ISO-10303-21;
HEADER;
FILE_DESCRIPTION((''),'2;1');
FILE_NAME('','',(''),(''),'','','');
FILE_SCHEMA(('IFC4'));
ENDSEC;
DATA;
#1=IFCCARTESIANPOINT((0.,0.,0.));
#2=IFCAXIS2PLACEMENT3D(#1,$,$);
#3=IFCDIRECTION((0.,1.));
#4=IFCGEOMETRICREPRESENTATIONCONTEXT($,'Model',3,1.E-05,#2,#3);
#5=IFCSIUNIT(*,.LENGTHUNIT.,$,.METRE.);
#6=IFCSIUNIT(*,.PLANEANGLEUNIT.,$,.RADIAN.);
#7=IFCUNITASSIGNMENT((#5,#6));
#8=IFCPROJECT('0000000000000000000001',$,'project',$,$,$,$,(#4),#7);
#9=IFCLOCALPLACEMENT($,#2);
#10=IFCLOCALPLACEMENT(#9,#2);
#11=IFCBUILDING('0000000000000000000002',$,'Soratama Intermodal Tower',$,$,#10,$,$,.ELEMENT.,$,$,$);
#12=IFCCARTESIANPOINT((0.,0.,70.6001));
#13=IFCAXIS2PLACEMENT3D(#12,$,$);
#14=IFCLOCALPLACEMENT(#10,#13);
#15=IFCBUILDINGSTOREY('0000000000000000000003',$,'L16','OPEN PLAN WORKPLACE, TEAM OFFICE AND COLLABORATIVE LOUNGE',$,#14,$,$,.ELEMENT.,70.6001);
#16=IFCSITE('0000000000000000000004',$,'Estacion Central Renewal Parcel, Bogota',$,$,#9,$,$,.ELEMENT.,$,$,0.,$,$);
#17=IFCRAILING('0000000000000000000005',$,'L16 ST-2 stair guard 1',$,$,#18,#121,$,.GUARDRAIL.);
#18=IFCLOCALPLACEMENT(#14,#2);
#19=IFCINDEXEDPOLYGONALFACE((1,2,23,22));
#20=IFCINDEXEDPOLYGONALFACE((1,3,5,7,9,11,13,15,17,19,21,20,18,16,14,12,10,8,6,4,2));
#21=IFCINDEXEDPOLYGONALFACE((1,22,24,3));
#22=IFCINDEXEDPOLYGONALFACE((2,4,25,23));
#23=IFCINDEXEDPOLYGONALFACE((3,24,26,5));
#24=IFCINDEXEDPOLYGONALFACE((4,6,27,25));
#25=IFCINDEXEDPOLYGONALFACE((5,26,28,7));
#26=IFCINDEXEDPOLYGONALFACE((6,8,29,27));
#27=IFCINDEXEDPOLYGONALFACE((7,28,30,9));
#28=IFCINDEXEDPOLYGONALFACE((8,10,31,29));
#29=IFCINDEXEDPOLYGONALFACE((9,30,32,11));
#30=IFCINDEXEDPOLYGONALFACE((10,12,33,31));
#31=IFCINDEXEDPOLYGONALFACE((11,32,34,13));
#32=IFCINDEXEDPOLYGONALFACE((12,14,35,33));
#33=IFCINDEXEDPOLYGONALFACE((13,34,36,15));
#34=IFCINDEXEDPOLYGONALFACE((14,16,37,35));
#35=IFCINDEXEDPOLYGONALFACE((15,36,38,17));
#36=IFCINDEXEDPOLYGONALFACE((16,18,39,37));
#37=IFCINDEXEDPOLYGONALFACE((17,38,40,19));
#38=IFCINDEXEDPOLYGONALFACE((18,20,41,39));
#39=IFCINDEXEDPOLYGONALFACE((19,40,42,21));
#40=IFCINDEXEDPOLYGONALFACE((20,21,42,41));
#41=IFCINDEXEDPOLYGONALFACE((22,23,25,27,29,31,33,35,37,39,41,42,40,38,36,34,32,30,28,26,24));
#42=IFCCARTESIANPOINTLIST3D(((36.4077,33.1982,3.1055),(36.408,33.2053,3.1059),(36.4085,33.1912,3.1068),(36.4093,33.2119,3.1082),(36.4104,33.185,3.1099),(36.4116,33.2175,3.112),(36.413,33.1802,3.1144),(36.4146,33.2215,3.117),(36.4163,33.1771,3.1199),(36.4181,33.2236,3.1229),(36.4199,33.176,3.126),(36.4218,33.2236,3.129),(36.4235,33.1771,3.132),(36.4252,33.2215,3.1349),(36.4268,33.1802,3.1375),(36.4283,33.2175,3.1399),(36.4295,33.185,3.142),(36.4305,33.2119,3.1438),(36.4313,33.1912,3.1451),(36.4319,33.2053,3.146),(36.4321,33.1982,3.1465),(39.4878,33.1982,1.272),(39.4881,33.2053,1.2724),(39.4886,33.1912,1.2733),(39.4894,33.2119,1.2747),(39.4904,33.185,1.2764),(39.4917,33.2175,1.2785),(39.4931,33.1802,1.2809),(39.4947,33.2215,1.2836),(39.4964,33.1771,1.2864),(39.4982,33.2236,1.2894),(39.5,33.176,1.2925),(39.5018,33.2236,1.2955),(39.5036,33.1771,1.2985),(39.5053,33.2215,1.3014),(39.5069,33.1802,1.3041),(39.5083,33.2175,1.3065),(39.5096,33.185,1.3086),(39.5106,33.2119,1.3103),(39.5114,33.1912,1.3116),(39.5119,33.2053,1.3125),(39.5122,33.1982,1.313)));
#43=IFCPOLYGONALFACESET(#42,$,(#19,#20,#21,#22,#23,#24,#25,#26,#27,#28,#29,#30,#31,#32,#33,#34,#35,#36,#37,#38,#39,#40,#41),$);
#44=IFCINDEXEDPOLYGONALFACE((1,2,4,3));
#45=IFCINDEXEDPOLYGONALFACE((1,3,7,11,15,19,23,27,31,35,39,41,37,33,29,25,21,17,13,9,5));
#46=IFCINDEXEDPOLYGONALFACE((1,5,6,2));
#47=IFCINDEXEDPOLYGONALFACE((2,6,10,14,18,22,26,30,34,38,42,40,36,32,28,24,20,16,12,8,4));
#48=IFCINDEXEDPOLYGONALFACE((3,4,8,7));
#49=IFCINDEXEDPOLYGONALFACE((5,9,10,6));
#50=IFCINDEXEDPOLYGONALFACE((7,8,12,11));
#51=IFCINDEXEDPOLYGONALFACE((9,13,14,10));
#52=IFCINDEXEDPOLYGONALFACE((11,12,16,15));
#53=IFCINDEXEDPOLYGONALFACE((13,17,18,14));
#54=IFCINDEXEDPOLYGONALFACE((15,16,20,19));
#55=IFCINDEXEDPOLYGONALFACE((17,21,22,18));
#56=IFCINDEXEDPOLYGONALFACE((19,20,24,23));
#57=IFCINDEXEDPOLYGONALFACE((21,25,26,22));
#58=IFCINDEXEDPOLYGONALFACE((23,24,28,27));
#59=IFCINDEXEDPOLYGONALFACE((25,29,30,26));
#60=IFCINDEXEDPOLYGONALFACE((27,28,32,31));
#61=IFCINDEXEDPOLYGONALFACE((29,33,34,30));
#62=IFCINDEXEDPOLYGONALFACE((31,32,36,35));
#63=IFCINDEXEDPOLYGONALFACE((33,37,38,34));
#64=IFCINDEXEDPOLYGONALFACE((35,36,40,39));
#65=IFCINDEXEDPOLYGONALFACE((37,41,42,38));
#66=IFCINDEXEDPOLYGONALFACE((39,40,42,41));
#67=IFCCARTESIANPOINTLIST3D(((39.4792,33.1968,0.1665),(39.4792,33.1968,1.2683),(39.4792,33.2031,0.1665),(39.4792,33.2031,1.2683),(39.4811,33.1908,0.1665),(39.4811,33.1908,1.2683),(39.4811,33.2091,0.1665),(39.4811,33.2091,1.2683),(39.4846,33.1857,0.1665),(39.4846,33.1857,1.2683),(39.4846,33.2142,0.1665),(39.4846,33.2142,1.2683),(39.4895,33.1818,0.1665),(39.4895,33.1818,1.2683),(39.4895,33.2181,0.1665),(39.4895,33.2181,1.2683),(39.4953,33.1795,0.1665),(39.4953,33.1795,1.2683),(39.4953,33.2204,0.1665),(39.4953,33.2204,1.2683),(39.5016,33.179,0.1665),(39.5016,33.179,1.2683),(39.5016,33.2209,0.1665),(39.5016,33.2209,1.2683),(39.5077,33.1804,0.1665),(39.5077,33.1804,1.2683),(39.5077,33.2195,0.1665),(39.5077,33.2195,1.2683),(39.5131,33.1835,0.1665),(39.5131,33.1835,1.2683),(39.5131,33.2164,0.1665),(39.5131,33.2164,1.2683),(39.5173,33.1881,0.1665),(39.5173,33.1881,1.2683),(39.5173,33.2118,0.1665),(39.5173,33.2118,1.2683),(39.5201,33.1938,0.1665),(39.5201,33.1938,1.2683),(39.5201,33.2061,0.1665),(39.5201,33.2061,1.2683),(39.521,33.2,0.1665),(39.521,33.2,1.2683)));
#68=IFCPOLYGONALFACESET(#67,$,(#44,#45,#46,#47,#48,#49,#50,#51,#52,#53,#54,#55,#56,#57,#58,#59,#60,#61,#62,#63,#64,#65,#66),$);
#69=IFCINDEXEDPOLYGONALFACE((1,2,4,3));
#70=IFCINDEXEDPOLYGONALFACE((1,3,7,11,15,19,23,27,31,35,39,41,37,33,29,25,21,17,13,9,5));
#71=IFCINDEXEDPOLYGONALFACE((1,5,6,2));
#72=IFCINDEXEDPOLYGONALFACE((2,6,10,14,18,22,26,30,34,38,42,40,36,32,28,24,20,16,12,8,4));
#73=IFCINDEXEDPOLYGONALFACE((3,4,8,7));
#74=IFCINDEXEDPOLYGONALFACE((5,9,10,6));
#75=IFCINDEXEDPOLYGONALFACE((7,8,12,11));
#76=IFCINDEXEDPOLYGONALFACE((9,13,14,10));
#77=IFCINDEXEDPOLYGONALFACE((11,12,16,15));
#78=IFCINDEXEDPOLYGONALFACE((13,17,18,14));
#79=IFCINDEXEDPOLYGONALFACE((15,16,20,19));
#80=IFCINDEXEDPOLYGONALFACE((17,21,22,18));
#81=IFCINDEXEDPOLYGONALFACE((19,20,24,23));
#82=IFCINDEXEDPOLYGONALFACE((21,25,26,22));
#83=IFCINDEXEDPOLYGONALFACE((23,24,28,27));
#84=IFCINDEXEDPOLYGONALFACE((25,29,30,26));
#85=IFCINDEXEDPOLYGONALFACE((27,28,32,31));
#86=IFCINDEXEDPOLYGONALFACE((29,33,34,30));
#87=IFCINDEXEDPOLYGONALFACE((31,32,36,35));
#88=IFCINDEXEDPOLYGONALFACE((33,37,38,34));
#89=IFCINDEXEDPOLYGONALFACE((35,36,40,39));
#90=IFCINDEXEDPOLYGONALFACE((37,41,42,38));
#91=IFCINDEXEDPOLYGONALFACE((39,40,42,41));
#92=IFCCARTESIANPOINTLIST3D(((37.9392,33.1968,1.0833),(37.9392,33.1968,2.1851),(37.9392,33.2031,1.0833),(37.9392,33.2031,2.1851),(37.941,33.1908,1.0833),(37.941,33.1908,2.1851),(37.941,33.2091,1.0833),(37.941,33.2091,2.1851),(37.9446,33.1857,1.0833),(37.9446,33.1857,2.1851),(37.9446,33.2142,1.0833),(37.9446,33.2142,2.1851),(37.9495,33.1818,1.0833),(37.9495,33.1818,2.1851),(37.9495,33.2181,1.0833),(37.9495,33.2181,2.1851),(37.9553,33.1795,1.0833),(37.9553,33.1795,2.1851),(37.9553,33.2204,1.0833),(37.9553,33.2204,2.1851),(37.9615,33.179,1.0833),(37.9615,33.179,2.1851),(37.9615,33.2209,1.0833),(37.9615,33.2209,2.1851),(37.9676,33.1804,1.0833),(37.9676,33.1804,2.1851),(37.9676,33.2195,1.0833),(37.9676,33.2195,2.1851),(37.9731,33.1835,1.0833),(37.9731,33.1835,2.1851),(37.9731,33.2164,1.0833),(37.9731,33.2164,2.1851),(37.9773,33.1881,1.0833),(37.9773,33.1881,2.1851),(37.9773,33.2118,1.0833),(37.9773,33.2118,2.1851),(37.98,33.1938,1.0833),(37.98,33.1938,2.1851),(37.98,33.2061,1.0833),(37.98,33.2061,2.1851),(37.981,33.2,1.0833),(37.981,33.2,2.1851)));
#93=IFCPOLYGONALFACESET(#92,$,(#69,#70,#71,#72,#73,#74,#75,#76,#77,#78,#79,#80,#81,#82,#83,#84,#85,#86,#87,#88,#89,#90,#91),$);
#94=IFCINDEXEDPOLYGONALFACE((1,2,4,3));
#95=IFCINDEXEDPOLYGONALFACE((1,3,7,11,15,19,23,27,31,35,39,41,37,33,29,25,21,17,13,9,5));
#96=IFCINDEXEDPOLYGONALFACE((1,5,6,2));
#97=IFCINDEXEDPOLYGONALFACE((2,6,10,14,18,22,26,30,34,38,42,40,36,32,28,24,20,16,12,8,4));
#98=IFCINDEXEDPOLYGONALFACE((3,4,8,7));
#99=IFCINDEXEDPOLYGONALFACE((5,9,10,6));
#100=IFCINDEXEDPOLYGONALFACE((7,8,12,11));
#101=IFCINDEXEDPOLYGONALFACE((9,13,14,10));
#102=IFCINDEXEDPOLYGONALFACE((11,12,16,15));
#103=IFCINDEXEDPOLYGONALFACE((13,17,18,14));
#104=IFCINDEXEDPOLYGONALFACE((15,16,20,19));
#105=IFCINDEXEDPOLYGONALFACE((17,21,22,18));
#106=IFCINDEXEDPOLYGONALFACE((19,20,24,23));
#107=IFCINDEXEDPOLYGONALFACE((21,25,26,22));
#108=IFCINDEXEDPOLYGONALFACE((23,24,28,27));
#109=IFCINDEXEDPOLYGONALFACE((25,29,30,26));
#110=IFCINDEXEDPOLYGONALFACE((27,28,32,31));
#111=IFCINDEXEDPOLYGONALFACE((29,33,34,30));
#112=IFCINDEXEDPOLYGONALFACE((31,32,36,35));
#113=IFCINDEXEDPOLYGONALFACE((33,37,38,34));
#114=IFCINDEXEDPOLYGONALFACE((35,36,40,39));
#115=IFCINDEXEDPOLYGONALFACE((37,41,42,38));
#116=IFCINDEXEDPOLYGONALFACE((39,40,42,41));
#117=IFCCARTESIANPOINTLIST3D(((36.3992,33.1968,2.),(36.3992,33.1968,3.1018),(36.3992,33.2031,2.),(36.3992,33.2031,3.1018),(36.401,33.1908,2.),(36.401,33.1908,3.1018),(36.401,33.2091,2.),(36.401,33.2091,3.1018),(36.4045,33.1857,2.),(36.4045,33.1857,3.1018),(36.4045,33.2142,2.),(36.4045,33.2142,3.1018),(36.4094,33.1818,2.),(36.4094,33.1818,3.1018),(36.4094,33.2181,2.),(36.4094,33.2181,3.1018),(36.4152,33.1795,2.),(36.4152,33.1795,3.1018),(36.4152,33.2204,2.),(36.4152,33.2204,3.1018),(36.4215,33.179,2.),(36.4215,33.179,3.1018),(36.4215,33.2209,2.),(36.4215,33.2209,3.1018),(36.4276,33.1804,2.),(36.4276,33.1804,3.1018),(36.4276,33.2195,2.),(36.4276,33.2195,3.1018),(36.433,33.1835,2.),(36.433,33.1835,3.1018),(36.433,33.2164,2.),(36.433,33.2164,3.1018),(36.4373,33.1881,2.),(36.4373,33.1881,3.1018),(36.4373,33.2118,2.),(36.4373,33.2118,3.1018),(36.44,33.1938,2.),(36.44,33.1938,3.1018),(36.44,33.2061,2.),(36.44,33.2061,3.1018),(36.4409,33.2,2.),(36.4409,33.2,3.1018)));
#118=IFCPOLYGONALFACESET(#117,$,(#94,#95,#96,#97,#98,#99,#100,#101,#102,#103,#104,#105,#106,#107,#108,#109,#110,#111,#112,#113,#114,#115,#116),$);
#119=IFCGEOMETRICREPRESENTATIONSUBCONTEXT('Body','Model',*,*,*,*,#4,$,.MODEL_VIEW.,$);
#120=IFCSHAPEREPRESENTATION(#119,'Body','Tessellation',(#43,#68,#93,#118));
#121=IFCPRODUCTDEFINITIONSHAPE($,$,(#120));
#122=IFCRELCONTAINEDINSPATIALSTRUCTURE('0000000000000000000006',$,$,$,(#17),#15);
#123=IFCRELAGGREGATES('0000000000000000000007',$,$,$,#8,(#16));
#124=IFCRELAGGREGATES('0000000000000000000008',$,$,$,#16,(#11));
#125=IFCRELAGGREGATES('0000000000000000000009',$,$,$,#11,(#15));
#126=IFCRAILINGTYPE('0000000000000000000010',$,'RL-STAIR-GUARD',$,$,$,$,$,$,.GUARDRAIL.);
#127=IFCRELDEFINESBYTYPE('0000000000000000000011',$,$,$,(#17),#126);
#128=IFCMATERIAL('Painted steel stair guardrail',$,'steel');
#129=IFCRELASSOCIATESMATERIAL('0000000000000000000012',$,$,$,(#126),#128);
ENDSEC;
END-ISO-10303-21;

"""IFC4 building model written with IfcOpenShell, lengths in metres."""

from ifc_helpers import new_model, si_unit, direction, frame, origin, origin_2d, place, context, subcontext, project, spatial, circle, extrude, material, type_object, element, save


model = new_model("IFC4")

# Units and contexts
model_context = context("Model", 3, precision=1e-05, world=origin(), true_north=direction((0.0, 1.0)))
body_context = subcontext(model_context, "Body", "Model", "MODEL_VIEW")
ifc_project = project(units=[si_unit("LENGTHUNIT", "METRE"), si_unit("PLANEANGLEUNIT", "RADIAN")], contexts=[model_context])

# Site, building, storey
site_placement = place(None, origin())
site = spatial("IfcSite", under=ifc_project, at=site_placement, Name="Estacion Central Renewal Parcel, Bogota", CompositionType="ELEMENT", RefElevation=0.0)
building_placement = place(site_placement, origin())
building = spatial("IfcBuilding", under=site, at=building_placement, Name="Soratama Intermodal Tower", CompositionType="ELEMENT")
storey_placement = place(building_placement, frame((0.0, 0.0, 70.6001)))
storey = spatial("IfcBuildingStorey", under=building, at=storey_placement, Name="L16", Description="OPEN PLAN WORKPLACE, TEAM OFFICE AND COLLABORATIVE LOUNGE", CompositionType="ELEMENT", Elevation=70.6001)

# Railing
ifc_material_1 = material(Name="Painted steel stair guardrail", Category="steel")
railing_type_1 = type_object("IfcRailingType", Name="RL-STAIR-GUARD", PredefinedType="GUARDRAIL", material=ifc_material_1)
railing_1_placement = place(storey_placement, frame((39.5, 33.2, 0.1665)))
element("IfcRailing", 1, at=railing_1_placement, inside=storey, type_object=railing_type_1, Name="L16 ST-2 stair guard 1", PredefinedType="GUARDRAIL", context=body_context, shape_type="SweptSolid", body=[
    extrude(circle(Radius=0.0239, at=origin_2d()), frame((0.0, 0.0, 1.126), z_axis=(-0.859279, 0.0, 0.511508), x_axis=(0.0, -1.0, 0.0)), (0.0, 0.0, 1.0), 3.5845),
    extrude(circle(Radius=0.021, at=origin_2d()), origin(), (0.0, 0.0, 1.0), 1.1018),
    extrude(circle(Radius=0.021, at=origin_2d()), frame((-1.54, 0.0, 0.9167)), (0.0, 0.0, 1.0), 1.1018),
    extrude(circle(Radius=0.021, at=origin_2d()), frame((-3.0801, 0.0, 1.8335)), (0.0, 0.0, 1.0), 1.1018),
])

save(model, "model.ifc")
